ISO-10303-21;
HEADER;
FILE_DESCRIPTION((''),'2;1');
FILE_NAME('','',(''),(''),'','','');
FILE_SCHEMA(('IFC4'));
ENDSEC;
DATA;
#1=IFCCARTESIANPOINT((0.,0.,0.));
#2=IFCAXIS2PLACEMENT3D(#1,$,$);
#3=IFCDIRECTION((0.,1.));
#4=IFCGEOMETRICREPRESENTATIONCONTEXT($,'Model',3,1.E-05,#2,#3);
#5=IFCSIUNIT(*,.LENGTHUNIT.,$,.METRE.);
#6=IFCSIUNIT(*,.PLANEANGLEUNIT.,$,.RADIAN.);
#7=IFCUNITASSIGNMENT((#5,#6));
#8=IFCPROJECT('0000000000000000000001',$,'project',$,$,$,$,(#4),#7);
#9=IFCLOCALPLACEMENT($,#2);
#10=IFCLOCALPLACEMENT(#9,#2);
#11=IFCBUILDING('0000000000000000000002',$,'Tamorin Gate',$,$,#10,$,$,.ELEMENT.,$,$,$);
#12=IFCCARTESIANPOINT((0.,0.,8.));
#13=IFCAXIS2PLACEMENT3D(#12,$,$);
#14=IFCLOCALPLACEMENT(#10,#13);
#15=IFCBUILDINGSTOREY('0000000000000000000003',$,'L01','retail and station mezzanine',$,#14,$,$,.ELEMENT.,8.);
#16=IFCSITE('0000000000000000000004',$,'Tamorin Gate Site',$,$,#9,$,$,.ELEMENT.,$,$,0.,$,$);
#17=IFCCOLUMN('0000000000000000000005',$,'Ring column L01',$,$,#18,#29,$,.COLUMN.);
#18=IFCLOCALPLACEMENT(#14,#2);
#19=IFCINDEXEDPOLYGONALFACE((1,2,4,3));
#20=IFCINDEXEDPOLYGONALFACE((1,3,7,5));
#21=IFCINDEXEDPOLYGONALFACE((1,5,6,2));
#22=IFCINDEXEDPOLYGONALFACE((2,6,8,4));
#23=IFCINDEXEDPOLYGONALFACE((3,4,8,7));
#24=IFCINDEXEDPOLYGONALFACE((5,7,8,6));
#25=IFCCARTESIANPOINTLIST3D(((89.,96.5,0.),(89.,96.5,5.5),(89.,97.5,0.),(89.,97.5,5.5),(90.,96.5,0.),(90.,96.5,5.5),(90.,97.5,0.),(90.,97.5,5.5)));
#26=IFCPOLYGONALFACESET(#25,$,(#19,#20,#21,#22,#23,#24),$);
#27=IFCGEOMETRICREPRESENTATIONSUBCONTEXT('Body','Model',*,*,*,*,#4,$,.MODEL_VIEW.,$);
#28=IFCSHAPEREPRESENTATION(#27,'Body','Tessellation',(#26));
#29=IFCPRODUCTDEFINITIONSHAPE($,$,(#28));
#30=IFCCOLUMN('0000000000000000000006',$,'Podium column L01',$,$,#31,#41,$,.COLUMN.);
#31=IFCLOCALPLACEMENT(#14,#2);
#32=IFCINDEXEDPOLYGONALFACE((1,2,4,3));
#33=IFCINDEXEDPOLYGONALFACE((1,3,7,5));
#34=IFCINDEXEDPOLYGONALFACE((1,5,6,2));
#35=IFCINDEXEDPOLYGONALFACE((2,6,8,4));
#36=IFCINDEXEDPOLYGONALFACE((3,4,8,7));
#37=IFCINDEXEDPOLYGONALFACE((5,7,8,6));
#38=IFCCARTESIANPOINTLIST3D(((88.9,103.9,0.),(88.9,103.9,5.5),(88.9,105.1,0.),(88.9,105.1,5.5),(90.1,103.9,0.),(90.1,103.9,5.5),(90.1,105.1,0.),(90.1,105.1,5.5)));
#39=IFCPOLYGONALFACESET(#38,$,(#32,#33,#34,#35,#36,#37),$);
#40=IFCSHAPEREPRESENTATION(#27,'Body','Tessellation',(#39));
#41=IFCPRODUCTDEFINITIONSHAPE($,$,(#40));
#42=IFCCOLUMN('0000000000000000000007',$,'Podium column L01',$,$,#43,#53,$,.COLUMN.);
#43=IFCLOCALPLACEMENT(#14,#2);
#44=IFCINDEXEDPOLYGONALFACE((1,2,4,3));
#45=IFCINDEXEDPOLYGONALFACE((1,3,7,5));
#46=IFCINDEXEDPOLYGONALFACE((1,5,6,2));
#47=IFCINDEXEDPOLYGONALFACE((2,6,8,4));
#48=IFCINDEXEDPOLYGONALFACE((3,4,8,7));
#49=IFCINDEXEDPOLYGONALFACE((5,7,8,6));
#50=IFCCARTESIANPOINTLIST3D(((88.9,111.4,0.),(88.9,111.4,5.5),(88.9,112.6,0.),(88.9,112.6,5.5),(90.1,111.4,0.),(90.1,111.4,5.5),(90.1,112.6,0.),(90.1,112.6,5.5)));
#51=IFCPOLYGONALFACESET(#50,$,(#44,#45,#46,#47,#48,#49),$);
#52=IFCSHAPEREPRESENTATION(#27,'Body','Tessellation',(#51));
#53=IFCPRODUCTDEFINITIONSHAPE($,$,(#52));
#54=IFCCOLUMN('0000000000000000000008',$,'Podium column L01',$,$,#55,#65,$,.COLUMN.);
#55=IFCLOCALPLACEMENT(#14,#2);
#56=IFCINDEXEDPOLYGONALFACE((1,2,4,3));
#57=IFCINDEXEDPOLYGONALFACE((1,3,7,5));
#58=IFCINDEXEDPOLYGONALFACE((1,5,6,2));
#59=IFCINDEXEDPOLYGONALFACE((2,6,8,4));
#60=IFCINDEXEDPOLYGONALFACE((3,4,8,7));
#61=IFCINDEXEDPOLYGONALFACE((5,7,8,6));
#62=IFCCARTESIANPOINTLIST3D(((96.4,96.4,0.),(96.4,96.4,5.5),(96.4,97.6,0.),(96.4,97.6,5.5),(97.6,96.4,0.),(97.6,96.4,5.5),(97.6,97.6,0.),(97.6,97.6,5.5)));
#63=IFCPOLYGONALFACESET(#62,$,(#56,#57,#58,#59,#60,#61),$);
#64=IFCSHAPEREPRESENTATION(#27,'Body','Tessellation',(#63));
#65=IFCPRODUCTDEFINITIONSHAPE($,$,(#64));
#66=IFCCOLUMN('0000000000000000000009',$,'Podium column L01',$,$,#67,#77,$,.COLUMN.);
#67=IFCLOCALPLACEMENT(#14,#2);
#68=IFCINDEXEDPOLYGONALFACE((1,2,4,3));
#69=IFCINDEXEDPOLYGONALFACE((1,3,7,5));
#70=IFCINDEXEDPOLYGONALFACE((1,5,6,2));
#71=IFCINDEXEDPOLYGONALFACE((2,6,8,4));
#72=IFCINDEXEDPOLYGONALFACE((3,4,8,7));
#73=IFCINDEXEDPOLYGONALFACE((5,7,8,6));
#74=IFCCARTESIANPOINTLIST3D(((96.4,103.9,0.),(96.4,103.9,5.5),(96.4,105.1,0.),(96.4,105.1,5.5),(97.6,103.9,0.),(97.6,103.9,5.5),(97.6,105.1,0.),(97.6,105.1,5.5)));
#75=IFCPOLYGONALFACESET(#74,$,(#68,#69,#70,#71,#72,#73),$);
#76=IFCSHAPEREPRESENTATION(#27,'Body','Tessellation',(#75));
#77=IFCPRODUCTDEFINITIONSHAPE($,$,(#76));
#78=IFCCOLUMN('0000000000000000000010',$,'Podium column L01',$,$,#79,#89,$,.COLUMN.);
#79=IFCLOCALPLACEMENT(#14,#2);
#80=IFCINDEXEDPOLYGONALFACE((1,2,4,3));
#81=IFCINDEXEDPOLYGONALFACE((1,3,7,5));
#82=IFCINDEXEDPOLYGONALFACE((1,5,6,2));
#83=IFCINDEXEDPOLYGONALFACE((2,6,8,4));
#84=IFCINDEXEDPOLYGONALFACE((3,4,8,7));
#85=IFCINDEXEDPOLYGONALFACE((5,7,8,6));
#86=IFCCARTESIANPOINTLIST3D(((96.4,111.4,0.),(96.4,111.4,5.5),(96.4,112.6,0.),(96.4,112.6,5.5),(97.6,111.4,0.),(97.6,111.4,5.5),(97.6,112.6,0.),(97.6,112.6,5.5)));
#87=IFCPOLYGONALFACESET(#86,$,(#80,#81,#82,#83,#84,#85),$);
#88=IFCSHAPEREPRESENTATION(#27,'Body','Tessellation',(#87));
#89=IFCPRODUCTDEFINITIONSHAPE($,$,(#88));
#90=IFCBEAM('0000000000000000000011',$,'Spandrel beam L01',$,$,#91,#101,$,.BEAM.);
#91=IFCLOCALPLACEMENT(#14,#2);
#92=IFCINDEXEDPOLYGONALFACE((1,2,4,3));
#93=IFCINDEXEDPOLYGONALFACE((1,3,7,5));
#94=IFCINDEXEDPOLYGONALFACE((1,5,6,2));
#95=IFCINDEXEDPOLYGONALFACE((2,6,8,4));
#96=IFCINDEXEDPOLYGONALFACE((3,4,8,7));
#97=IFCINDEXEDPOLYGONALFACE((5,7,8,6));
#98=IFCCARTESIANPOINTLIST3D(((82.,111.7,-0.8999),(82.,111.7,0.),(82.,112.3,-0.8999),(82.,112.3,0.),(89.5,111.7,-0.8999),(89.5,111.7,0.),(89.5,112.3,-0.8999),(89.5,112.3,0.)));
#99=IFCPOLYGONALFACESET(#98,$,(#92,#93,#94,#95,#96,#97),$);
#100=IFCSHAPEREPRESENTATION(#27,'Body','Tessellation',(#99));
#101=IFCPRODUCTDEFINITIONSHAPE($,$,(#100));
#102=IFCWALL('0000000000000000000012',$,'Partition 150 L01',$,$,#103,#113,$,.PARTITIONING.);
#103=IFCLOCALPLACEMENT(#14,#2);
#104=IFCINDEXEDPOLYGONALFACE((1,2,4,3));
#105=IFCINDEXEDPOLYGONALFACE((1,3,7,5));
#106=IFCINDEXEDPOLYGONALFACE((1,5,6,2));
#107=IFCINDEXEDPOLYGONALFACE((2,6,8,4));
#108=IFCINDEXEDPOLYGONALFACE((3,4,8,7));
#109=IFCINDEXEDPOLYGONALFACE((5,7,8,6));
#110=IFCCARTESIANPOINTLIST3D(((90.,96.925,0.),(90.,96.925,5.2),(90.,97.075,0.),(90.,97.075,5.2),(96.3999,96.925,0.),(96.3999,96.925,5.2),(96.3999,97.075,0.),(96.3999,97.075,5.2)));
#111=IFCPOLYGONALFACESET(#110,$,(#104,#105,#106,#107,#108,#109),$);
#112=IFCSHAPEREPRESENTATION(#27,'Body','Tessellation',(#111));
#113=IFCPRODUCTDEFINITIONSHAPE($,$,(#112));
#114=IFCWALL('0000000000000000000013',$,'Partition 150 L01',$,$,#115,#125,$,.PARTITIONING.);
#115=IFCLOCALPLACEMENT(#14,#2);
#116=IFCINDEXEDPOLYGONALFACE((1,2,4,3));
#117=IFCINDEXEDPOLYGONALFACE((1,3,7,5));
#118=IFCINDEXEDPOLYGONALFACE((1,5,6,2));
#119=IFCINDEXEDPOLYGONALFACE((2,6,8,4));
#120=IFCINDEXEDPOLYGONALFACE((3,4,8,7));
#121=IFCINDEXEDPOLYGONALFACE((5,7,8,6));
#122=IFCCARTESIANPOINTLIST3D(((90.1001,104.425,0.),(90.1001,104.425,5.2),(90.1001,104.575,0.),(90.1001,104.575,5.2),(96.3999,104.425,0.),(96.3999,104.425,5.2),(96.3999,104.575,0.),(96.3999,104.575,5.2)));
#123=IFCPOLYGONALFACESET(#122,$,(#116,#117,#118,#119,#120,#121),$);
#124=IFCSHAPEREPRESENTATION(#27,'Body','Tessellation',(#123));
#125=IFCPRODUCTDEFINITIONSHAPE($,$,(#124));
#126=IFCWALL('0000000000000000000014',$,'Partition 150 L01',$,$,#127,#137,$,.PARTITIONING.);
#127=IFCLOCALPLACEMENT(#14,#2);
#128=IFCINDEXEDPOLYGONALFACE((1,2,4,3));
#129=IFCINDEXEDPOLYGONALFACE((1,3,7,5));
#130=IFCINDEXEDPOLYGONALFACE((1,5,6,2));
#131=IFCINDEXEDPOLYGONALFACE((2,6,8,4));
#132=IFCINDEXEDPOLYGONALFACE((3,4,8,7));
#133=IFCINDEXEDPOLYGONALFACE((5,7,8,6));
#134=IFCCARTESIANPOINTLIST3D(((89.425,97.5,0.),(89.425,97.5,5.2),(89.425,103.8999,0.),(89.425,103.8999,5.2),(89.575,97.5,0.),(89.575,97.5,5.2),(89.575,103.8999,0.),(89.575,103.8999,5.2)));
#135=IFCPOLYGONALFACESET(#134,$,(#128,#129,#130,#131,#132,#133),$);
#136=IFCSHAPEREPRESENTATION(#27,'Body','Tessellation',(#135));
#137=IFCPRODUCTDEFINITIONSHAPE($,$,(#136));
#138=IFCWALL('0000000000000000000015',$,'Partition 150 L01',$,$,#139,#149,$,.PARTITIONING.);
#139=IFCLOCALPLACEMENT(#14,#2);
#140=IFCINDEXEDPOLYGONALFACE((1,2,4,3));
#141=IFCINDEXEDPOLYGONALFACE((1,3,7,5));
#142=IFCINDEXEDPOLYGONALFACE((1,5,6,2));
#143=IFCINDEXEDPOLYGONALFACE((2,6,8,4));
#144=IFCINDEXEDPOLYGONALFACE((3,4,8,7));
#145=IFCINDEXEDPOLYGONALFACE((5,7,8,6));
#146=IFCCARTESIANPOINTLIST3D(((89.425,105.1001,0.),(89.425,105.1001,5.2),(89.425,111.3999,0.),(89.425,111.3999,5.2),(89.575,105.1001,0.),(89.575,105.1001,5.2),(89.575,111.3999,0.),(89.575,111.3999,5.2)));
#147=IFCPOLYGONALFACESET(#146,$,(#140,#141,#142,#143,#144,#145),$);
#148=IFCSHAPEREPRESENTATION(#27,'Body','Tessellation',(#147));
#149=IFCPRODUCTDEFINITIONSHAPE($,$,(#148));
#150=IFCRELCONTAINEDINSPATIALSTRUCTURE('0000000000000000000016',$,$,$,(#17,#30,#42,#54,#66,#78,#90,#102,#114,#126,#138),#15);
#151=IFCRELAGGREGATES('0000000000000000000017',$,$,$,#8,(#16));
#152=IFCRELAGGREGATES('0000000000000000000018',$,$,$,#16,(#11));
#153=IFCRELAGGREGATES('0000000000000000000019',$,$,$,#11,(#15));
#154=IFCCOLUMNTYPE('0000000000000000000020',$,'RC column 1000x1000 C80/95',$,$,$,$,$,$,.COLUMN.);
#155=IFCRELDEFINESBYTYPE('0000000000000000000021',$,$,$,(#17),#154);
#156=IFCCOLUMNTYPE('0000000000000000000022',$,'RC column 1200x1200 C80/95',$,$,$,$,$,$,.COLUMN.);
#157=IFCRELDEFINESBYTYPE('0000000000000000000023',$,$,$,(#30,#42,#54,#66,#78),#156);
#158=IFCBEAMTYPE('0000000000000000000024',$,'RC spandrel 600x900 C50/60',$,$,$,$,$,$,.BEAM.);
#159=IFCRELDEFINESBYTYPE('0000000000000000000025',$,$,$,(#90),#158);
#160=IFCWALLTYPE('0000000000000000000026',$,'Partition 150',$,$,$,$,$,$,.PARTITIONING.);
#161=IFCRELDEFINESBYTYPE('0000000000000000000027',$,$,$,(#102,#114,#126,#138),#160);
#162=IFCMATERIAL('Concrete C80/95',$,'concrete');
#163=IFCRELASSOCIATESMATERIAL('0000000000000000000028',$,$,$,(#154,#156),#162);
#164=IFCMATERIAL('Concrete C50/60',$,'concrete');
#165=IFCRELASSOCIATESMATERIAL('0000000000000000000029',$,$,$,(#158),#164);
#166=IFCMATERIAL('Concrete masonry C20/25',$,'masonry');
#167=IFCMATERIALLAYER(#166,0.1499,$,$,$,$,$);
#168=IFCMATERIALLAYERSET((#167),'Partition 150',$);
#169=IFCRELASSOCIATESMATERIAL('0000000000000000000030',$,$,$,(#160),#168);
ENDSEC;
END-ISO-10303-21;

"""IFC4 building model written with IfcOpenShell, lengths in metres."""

from ifc_helpers import new_model, si_unit, direction, frame, frame_2d, origin, origin_2d, place, context, subcontext, project, spatial, rectangle, extrude, material, layer, layer_set, material_profile, profile_set, type_object, element, save


model = new_model("IFC4")

# Units and contexts
model_context = context("Model", 3, precision=1e-05, world=origin(), true_north=direction((0.0, 1.0)))
body_context = subcontext(model_context, "Body", "Model", "MODEL_VIEW")
ifc_project = project(units=[si_unit("LENGTHUNIT", "METRE"), si_unit("PLANEANGLEUNIT", "RADIAN")], contexts=[model_context])

# Site, building, storey
site_placement = place(None, origin())
site = spatial("IfcSite", under=ifc_project, at=site_placement, Name="Tamorin Gate Site", CompositionType="ELEMENT", RefElevation=0.0)
building_placement = place(site_placement, origin())
building = spatial("IfcBuilding", under=site, at=building_placement, Name="Tamorin Gate", CompositionType="ELEMENT")
storey_placement = place(building_placement, frame((0.0, 0.0, 8.0)))
storey = spatial("IfcBuildingStorey", under=building, at=storey_placement, Name="L01", Description="retail and station mezzanine", CompositionType="ELEMENT", Elevation=8.0)

# Columns
ifc_material_1 = material(Name="Concrete C80/95", Category="concrete")
ifc_material_profile_1 = material_profile(ifc_material_1, rectangle(XDim=1.0, YDim=1.0, at=origin_2d()), Name="RC 1000x1000")
ifc_profile_set_1 = profile_set([ifc_material_profile_1], Name="Concrete C80/95")
column_type_1 = type_object("IfcColumnType", Name="RC column 1000x1000 C80/95", PredefinedType="COLUMN", material=ifc_profile_set_1)
column_placement = place(storey_placement, frame((89.5, 97.0, 0.0), z_axis=(0.0, 0.0, 1.0), x_axis=(1.0, 0.0, 0.0)))
element("IfcColumn", 1, at=column_placement, inside=storey, type_object=column_type_1, Name="Ring column L01", PredefinedType="COLUMN", context=body_context, shape_type="SweptSolid", body=[
    extrude(rectangle(XDim=1.0, YDim=1.0, at=origin_2d()), origin(), (0.0, 0.0, 1.0), 5.5),
])
ifc_material_profile_2 = material_profile(ifc_material_1, rectangle(XDim=1.2, YDim=1.2, at=origin_2d()), Name="RC 1200x1200")
ifc_profile_set_2 = profile_set([ifc_material_profile_2], Name="Concrete C80/95")
column_type_2 = type_object("IfcColumnType", Name="RC column 1200x1200 C80/95", PredefinedType="COLUMN", material=ifc_profile_set_2)
for number, where, z_axis, x_axis, name in (
    (2, (89.5, 104.5, 0.0), (0.0, 0.0, 1.0), (1.0, 0.0, 0.0), "Podium column L01"),
    (3, (89.5, 112.0, 0.0), (0.0, 0.0, 1.0), (1.0, 0.0, 0.0), "Podium column L01"),
    (4, (97.0, 97.0, 0.0), (0.0, 0.0, 1.0), (1.0, 0.0, 0.0), "Podium column L01"),
    (5, (97.0, 104.5, 0.0), (0.0, 0.0, 1.0), (1.0, 0.0, 0.0), "Podium column L01"),
    (6, (97.0, 112.0, 0.0), (0.0, 0.0, 1.0), (1.0, 0.0, 0.0), "Podium column L01"),
):
    element("IfcColumn", number, at=place(storey_placement, frame(where, z_axis=z_axis, x_axis=x_axis)), inside=storey, type_object=column_type_2, Name=name, PredefinedType="COLUMN", context=body_context, shape_type="SweptSolid", body=[
        extrude(rectangle(XDim=1.2, YDim=1.2, at=origin_2d()), origin(), (0.0, 0.0, 1.0), 5.5),
    ])

# Beam
ifc_material_2 = material(Name="Concrete C50/60", Category="concrete")
ifc_material_profile_3 = material_profile(ifc_material_2, rectangle(XDim=0.6001, YDim=0.8999, at=origin_2d()), Name="RC 600x900")
ifc_profile_set_3 = profile_set([ifc_material_profile_3], Name="Concrete C50/60")
beam_type = type_object("IfcBeamType", Name="RC spandrel 600x900 C50/60", PredefinedType="BEAM", material=ifc_profile_set_3)
beam_placement = place(storey_placement, frame((89.5, 112.0, -0.45), z_axis=(-1.0, 0.0, 0.0), x_axis=(0.0, -1.0, 0.0)))
element("IfcBeam", 7, at=beam_placement, inside=storey, type_object=beam_type, Name="Spandrel beam L01", PredefinedType="BEAM", context=body_context, shape_type="SweptSolid", body=[
    extrude(rectangle(XDim=0.6001, YDim=0.8999, at=origin_2d()), origin(), (0.0, 0.0, 1.0), 7.5),
])

# Walls
ifc_material_3 = material(Name="Concrete masonry C20/25", Category="masonry")
ifc_layer_1 = layer(ifc_material_3, 0.1499)
ifc_layer_set_1 = layer_set([ifc_layer_1], Name="Partition 150")
wall_type_1 = type_object("IfcWallType", Name="Partition 150", PredefinedType="PARTITIONING", material=ifc_layer_set_1)
wall_1_placement = place(storey_placement, frame((90.0, 97.0, 0.0), z_axis=(0.0, 0.0, 1.0), x_axis=(1.0, 0.0, 0.0)))
element("IfcWall", 8, at=wall_1_placement, inside=storey, type_object=wall_type_1, Name="Partition 150 L01", PredefinedType="PARTITIONING", context=body_context, shape_type="SweptSolid", body=[
    extrude(rectangle(XDim=6.3999, YDim=0.1499, at=frame_2d((3.2, 0.0))), origin(), (0.0, 0.0, 1.0), 5.2),
])
wall_2_placement = place(storey_placement, frame((90.1001, 104.5, 0.0), z_axis=(0.0, 0.0, 1.0), x_axis=(1.0, 0.0, 0.0)))
element("IfcWall", 9, at=wall_2_placement, inside=storey, type_object=wall_type_1, Name="Partition 150 L01", PredefinedType="PARTITIONING", context=body_context, shape_type="SweptSolid", body=[
    extrude(rectangle(XDim=6.2998, YDim=0.1499, at=frame_2d((3.1499, 0.0))), origin(), (0.0, 0.0, 1.0), 5.2),
])
wall_3_placement = place(storey_placement, frame((89.5, 97.5, 0.0), z_axis=(0.0, 0.0, 1.0), x_axis=(0.0, 1.0, 0.0)))
element("IfcWall", 10, at=wall_3_placement, inside=storey, type_object=wall_type_1, Name="Partition 150 L01", PredefinedType="PARTITIONING", context=body_context, shape_type="SweptSolid", body=[
    extrude(rectangle(XDim=6.3999, YDim=0.1499, at=frame_2d((3.2, 0.0))), origin(), (0.0, 0.0, 1.0), 5.2),
])
wall_4_placement = place(storey_placement, frame((89.5, 105.1001, 0.0), z_axis=(0.0, 0.0, 1.0), x_axis=(0.0, 1.0, 0.0)))
element("IfcWall", 11, at=wall_4_placement, inside=storey, type_object=wall_type_1, Name="Partition 150 L01", PredefinedType="PARTITIONING", context=body_context, shape_type="SweptSolid", body=[
    extrude(rectangle(XDim=6.2998, YDim=0.1499, at=frame_2d((3.1499, 0.0))), origin(), (0.0, 0.0, 1.0), 5.2),
])

save(model, "model.ifc")
